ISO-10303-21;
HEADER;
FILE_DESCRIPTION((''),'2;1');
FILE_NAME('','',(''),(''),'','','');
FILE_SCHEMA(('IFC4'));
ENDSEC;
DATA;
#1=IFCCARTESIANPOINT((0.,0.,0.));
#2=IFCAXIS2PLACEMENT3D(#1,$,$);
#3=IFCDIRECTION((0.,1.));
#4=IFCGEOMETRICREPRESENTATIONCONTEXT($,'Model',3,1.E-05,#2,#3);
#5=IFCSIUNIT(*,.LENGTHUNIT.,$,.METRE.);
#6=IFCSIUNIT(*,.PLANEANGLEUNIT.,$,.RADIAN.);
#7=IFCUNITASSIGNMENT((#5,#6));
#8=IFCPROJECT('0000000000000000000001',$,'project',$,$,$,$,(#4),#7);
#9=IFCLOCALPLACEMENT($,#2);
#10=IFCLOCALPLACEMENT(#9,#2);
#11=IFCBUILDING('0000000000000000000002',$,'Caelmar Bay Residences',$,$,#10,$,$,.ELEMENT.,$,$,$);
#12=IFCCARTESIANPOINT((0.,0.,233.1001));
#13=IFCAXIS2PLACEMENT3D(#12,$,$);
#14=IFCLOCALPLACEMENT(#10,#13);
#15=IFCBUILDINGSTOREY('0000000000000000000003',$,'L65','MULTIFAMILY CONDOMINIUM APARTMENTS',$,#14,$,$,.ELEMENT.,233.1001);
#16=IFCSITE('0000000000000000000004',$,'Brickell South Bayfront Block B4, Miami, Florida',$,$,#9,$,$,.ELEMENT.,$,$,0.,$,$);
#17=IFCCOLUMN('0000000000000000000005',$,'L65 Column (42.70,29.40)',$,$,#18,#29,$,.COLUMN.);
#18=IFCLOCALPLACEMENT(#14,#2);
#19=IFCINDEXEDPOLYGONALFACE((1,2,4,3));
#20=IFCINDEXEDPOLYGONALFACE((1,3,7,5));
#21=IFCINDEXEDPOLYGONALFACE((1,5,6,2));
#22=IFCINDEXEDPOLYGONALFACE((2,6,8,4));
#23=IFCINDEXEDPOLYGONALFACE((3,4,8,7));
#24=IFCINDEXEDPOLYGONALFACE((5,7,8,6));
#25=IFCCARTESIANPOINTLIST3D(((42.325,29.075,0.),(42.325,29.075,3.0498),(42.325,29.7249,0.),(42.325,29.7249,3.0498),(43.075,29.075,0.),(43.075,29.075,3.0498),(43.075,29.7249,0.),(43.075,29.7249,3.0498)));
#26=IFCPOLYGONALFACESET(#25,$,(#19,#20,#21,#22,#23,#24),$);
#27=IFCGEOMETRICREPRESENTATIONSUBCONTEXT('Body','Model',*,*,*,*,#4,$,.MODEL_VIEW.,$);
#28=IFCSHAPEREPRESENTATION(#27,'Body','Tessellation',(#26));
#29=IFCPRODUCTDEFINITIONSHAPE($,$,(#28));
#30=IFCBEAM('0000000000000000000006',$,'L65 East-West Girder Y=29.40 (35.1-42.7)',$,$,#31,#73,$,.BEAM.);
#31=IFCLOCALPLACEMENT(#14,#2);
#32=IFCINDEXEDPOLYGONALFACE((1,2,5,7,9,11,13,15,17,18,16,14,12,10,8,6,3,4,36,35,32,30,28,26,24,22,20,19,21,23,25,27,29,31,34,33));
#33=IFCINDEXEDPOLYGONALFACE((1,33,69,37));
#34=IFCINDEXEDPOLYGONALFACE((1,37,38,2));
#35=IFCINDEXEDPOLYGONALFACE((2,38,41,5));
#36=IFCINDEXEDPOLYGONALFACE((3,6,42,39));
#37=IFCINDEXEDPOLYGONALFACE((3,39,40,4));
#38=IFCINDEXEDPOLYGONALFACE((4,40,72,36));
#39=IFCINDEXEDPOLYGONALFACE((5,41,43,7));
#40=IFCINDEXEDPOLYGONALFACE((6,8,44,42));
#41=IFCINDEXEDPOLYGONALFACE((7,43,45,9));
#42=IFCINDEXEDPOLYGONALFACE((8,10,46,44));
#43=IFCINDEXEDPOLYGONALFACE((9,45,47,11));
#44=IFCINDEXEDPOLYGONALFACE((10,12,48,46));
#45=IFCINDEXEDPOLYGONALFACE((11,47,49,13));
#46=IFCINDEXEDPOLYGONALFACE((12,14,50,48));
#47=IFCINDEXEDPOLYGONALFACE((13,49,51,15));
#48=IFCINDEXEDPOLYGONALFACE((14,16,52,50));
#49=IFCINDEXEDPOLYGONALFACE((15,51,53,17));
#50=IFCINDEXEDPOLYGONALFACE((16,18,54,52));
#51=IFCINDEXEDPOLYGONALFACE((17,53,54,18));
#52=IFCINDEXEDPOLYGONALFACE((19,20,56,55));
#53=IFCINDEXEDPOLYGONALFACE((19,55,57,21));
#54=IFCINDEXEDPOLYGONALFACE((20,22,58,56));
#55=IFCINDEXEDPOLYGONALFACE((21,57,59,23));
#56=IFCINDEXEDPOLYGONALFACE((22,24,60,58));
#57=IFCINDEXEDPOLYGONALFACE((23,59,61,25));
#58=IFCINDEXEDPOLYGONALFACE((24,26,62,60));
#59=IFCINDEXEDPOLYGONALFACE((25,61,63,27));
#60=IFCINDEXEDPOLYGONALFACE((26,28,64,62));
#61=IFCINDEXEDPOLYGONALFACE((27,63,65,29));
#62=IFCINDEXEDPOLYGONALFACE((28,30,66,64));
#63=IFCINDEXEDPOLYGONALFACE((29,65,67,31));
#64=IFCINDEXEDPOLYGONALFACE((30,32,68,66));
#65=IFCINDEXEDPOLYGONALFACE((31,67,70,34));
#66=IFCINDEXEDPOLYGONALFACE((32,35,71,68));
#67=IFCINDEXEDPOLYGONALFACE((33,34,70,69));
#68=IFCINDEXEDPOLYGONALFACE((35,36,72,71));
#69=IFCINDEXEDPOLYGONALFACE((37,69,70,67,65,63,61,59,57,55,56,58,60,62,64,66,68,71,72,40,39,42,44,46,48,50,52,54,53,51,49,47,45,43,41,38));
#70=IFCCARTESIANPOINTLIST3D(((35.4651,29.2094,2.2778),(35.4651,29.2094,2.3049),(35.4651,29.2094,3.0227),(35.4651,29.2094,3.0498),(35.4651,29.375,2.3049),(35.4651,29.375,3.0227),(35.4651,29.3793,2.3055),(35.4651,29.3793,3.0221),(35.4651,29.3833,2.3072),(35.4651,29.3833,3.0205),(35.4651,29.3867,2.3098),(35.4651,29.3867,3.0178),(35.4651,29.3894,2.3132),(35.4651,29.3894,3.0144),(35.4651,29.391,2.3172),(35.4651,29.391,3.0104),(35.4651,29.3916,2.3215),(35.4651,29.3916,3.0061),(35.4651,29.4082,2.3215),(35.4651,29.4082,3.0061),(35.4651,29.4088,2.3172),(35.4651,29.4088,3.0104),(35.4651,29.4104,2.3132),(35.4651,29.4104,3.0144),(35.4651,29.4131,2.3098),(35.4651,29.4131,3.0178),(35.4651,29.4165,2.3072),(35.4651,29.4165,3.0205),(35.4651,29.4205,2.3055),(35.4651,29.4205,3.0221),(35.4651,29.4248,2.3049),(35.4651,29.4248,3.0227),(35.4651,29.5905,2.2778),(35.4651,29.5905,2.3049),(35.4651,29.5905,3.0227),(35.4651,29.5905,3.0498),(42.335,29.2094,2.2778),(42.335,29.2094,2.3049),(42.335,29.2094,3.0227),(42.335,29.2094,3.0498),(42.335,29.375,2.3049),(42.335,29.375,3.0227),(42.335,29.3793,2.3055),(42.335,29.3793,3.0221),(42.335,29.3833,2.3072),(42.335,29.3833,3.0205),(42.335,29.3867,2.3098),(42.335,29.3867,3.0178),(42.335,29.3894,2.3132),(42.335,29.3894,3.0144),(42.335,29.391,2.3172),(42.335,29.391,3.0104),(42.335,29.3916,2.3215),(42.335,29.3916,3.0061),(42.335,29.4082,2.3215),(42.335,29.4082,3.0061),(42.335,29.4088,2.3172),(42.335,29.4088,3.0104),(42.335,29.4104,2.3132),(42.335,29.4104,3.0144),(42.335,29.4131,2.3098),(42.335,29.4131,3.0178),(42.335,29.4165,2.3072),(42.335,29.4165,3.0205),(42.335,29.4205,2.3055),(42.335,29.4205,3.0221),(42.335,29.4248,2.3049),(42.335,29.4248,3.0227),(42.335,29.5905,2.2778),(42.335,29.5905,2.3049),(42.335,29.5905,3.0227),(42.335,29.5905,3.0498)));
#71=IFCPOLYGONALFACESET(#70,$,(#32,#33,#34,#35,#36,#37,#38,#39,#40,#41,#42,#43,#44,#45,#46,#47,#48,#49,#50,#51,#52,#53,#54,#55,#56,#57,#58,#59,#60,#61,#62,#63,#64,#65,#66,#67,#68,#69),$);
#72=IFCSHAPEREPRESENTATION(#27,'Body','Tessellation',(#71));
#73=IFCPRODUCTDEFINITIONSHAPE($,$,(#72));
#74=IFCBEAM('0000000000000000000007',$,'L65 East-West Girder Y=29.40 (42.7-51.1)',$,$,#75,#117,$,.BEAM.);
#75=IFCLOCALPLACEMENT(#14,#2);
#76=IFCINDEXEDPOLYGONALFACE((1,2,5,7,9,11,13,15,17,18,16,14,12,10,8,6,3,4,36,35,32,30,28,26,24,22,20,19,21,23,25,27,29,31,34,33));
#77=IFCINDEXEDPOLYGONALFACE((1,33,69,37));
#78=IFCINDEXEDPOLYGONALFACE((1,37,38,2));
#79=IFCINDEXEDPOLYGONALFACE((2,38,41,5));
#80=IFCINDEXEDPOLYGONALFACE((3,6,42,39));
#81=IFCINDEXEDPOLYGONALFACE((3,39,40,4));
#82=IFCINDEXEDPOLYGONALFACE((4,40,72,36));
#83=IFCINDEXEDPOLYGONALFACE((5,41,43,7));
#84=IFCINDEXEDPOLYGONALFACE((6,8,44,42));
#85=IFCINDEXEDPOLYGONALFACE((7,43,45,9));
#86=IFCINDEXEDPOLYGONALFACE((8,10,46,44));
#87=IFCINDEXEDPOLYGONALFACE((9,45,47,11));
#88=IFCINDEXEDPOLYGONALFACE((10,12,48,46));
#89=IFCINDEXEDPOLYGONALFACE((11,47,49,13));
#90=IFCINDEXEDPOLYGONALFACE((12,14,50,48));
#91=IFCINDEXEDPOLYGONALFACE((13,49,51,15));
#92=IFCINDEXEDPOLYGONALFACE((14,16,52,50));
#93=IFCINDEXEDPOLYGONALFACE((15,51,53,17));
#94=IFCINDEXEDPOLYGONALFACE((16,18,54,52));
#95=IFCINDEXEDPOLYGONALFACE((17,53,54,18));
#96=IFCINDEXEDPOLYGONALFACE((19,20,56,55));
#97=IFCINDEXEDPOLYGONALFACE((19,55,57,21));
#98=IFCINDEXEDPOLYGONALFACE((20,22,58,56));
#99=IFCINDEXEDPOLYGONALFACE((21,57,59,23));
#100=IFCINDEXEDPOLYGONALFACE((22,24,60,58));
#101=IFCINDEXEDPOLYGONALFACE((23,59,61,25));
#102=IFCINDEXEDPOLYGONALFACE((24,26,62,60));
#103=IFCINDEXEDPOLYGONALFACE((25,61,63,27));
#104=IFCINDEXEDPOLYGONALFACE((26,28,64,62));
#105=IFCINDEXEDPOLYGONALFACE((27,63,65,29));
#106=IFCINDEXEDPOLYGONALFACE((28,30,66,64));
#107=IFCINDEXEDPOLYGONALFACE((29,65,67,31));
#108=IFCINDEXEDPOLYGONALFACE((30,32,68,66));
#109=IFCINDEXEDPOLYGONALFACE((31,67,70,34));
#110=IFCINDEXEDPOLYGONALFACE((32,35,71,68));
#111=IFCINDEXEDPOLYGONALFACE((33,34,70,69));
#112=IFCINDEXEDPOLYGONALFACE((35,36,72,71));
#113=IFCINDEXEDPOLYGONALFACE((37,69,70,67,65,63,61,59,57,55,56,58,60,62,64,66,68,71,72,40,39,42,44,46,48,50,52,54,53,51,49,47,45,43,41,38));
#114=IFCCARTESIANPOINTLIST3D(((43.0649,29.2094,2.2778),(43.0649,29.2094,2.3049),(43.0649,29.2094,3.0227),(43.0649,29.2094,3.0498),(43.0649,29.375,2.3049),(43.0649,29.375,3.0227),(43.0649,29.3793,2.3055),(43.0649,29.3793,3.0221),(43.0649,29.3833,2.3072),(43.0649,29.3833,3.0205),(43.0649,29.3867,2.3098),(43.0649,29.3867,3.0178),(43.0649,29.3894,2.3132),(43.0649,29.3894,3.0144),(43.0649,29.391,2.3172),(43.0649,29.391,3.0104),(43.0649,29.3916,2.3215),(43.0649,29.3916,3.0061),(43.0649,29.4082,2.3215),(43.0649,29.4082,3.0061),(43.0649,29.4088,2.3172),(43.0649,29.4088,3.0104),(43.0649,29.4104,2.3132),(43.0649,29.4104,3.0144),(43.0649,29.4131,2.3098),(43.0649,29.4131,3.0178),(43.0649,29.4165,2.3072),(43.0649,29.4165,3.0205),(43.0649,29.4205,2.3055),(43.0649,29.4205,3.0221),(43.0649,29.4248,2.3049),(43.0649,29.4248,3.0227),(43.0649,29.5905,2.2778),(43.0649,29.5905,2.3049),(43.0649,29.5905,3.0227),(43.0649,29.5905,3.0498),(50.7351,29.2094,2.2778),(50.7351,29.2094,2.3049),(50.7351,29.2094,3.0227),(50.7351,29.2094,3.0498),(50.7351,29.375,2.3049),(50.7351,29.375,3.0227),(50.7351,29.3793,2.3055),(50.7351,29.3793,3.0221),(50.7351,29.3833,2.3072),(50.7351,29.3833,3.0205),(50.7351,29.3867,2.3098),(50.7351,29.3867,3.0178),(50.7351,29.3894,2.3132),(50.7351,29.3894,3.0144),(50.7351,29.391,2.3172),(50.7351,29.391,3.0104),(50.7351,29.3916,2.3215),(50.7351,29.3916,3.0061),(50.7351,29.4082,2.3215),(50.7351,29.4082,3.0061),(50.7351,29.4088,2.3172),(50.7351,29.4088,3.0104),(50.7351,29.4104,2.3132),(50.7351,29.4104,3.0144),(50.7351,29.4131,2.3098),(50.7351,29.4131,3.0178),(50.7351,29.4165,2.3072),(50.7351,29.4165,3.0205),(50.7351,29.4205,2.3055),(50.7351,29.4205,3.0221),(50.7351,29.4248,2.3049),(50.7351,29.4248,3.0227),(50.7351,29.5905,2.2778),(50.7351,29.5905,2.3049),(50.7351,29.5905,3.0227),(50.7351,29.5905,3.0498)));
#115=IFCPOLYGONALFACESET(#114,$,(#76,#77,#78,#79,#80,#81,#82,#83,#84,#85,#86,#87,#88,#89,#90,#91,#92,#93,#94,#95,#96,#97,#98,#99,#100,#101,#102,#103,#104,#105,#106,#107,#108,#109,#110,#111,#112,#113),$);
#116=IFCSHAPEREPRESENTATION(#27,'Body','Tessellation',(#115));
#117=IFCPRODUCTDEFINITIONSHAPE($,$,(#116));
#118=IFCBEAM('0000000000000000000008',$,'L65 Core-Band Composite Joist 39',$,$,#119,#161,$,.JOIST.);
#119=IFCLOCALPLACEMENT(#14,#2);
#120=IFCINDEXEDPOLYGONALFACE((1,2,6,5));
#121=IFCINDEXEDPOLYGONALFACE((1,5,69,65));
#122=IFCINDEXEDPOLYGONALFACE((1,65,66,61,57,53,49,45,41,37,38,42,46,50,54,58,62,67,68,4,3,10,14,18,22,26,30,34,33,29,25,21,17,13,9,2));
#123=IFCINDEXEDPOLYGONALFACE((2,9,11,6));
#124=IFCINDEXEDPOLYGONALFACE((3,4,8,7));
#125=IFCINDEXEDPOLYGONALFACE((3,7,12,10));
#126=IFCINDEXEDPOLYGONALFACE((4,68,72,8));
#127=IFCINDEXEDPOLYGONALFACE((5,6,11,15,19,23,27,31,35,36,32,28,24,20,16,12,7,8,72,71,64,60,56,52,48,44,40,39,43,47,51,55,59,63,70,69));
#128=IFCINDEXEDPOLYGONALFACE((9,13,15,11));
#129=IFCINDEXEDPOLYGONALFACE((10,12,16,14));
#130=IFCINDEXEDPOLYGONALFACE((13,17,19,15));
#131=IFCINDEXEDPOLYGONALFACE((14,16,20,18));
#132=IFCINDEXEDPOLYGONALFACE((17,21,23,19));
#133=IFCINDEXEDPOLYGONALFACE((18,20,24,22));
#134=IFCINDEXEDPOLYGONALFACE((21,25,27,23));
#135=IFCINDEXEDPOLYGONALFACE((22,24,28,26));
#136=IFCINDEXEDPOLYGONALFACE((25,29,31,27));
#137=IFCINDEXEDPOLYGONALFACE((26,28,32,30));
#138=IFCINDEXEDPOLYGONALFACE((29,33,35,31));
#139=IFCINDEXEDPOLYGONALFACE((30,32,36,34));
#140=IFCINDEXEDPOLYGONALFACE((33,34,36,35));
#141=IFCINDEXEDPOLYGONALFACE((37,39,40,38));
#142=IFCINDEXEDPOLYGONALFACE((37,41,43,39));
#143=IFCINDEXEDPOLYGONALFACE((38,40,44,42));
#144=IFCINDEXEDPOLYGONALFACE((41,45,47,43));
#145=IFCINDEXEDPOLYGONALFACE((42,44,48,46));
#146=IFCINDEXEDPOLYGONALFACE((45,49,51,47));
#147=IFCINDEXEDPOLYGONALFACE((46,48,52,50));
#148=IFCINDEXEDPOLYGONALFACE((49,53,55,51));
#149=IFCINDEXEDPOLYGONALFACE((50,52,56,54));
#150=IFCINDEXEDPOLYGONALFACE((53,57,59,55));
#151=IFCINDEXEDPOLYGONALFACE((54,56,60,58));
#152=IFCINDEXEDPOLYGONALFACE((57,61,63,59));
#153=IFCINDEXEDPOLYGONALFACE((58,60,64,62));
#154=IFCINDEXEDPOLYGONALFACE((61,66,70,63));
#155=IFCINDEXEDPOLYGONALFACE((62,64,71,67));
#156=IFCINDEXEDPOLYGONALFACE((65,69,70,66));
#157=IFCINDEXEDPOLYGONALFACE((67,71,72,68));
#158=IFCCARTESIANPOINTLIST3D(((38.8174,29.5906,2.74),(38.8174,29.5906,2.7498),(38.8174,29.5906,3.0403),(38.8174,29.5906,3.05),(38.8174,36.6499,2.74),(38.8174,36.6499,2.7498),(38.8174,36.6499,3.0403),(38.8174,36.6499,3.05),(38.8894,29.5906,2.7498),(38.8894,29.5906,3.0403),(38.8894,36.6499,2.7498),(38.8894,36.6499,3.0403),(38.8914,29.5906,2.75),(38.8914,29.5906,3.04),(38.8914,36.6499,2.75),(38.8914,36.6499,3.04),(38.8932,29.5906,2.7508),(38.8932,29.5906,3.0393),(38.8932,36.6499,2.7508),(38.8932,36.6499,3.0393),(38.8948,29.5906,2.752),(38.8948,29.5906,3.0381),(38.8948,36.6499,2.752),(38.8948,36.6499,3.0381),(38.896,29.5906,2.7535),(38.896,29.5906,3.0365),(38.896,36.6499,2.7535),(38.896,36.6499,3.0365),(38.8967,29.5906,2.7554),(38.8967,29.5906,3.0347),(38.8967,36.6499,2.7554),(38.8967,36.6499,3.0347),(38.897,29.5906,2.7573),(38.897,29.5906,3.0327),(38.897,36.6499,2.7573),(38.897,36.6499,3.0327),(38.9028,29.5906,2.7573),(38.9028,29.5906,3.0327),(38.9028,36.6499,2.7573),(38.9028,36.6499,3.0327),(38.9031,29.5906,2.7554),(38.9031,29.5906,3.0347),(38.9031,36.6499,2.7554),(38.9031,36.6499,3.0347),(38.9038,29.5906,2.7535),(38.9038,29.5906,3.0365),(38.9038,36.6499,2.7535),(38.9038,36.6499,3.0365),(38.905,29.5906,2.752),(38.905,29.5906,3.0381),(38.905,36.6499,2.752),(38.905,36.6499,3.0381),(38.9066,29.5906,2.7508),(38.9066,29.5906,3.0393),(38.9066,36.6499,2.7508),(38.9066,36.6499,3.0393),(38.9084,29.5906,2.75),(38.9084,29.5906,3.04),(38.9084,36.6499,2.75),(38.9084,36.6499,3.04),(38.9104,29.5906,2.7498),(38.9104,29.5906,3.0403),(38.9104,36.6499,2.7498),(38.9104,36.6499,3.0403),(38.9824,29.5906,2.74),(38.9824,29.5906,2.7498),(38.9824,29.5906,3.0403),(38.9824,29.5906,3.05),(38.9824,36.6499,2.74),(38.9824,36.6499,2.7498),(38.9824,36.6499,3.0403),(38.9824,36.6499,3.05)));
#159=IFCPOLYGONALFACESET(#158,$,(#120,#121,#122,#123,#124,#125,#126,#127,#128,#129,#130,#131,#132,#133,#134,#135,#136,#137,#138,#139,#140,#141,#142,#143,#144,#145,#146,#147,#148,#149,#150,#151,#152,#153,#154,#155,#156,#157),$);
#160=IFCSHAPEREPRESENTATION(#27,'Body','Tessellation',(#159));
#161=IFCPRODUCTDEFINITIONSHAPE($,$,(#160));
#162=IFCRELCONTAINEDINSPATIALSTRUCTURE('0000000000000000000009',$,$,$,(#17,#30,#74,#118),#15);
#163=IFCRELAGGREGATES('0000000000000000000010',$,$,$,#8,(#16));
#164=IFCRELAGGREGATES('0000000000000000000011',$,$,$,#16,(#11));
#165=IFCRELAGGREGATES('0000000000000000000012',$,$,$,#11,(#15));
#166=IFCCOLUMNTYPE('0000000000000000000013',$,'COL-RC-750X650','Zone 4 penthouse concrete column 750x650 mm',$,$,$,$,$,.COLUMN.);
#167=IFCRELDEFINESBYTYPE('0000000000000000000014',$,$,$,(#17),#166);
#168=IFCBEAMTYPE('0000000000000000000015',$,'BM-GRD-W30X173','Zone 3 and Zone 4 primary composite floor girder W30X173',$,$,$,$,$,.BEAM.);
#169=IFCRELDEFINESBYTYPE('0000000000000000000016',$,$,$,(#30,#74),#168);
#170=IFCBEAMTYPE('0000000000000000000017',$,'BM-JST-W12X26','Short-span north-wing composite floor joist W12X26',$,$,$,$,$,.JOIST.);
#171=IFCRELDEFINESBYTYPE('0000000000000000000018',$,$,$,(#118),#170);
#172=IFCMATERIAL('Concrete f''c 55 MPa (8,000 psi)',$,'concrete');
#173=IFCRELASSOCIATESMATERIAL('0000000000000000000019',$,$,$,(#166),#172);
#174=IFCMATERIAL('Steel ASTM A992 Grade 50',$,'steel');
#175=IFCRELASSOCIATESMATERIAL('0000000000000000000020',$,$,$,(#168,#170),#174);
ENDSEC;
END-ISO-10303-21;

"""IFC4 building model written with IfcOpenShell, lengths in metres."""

from ifc_helpers import new_model, si_unit, direction, frame, origin, origin_2d, place, context, subcontext, project, spatial, rectangle, i_section, extrude, material, material_profile, profile_set, type_object, element, save


model = new_model("IFC4")

# Units and contexts
model_context = context("Model", 3, precision=1e-05, world=origin(), true_north=direction((0.0, 1.0)))
body_context = subcontext(model_context, "Body", "Model", "MODEL_VIEW")
ifc_project = project(units=[si_unit("LENGTHUNIT", "METRE"), si_unit("PLANEANGLEUNIT", "RADIAN")], contexts=[model_context])

# Site, building, storey
site_placement = place(None, origin())
site = spatial("IfcSite", under=ifc_project, at=site_placement, Name="Brickell South Bayfront Block B4, Miami, Florida", CompositionType="ELEMENT", RefElevation=0.0)
building_placement = place(site_placement, origin())
building = spatial("IfcBuilding", under=site, at=building_placement, Name="Caelmar Bay Residences", CompositionType="ELEMENT")
storey_placement = place(building_placement, frame((0.0, 0.0, 233.1001)))
storey = spatial("IfcBuildingStorey", under=building, at=storey_placement, Name="L65", Description="MULTIFAMILY CONDOMINIUM APARTMENTS", CompositionType="ELEMENT", Elevation=233.1001)

# Column
ifc_material_1 = material(Name="Concrete f'c 55 MPa (8,000 psi)", Category="concrete")
ifc_material_profile_1 = material_profile(ifc_material_1, rectangle(XDim=0.75, YDim=0.6499, at=origin_2d()), Name="RC-COL-750X650")
ifc_profile_set_1 = profile_set([ifc_material_profile_1], Name="Concrete f'c 55 MPa (8,000 psi)")
column_type = type_object("IfcColumnType", Name="COL-RC-750X650", Description="Zone 4 penthouse concrete column 750x650 mm", PredefinedType="COLUMN", material=ifc_profile_set_1)
column_placement = place(storey_placement, frame((42.7, 29.3999, 0.0), z_axis=(0.0, 0.0, 1.0), x_axis=(1.0, 0.0, 0.0)))
element("IfcColumn", 1, at=column_placement, inside=storey, type_object=column_type, Name="L65 Column (42.70,29.40)", PredefinedType="COLUMN", context=body_context, shape_type="SweptSolid", body=[
    extrude(rectangle(XDim=0.75, YDim=0.6499, at=origin_2d()), origin(), (0.0, 0.0, 1.0), 3.0498),
])

# Beams
ifc_material_2 = material(Name="Steel ASTM A992 Grade 50", Category="steel")
ifc_material_profile_2 = material_profile(ifc_material_2, i_section(OverallWidth=0.3811, OverallDepth=0.772, WebThickness=0.0166, FlangeThickness=0.0271, FilletRadius=0.0166, at=origin_2d()), Name="W30X173")
ifc_profile_set_2 = profile_set([ifc_material_profile_2], Name="Steel ASTM A992 Grade 50")
beam_type_1 = type_object("IfcBeamType", Name="BM-GRD-W30X173", Description="Zone 3 and Zone 4 primary composite floor girder W30X173", PredefinedType="BEAM", material=ifc_profile_set_2)
beam_1_placement = place(storey_placement, frame((35.4651, 29.3999, 2.6638), z_axis=(1.0, 0.0, 0.0), x_axis=(0.0, 1.0, 0.0)))
element("IfcBeam", 2, at=beam_1_placement, inside=storey, type_object=beam_type_1, Name="L65 East-West Girder Y=29.40 (35.1-42.7)", PredefinedType="BEAM", context=body_context, shape_type="SweptSolid", body=[
    extrude(i_section(OverallWidth=0.3811, OverallDepth=0.772, WebThickness=0.0166, FlangeThickness=0.0271, FilletRadius=0.0166, at=origin_2d()), origin(), (0.0, 0.0, 1.0), 6.8699),
])
beam_2_placement = place(storey_placement, frame((43.0649, 29.3999, 2.6638), z_axis=(1.0, 0.0, 0.0), x_axis=(0.0, 1.0, 0.0)))
element("IfcBeam", 3, at=beam_2_placement, inside=storey, type_object=beam_type_1, Name="L65 East-West Girder Y=29.40 (42.7-51.1)", PredefinedType="BEAM", context=body_context, shape_type="SweptSolid", body=[
    extrude(i_section(OverallWidth=0.3811, OverallDepth=0.772, WebThickness=0.0166, FlangeThickness=0.0271, FilletRadius=0.0166, at=origin_2d()), origin(), (0.0, 0.0, 1.0), 7.6702),
])
ifc_material_profile_3 = material_profile(ifc_material_2, i_section(OverallWidth=0.165, OverallDepth=0.3101, WebThickness=0.0059, FlangeThickness=0.0098, FilletRadius=0.0076, at=origin_2d()), Name="W12X26")
ifc_profile_set_3 = profile_set([ifc_material_profile_3], Name="Steel ASTM A992 Grade 50")
beam_type_2 = type_object("IfcBeamType", Name="BM-JST-W12X26", Description="Short-span north-wing composite floor joist W12X26", PredefinedType="JOIST", material=ifc_profile_set_3)
for number, where, z_axis, x_axis, name in (
    (4, (38.8999, 29.5906, 2.895), (0.0, 1.0, 0.0), (-1.0, 0.0, 0.0), "L65 Core-Band Composite Joist 39"),
):
    element("IfcBeam", number, at=place(storey_placement, frame(where, z_axis=z_axis, x_axis=x_axis)), inside=storey, type_object=beam_type_2, Name=name, PredefinedType="JOIST", context=body_context, shape_type="SweptSolid", body=[
        extrude(i_section(OverallWidth=0.165, OverallDepth=0.3101, WebThickness=0.0059, FlangeThickness=0.0098, FilletRadius=0.0076, at=origin_2d()), origin(), (0.0, 0.0, 1.0), 7.0593),
    ])

save(model, "model.ifc")
